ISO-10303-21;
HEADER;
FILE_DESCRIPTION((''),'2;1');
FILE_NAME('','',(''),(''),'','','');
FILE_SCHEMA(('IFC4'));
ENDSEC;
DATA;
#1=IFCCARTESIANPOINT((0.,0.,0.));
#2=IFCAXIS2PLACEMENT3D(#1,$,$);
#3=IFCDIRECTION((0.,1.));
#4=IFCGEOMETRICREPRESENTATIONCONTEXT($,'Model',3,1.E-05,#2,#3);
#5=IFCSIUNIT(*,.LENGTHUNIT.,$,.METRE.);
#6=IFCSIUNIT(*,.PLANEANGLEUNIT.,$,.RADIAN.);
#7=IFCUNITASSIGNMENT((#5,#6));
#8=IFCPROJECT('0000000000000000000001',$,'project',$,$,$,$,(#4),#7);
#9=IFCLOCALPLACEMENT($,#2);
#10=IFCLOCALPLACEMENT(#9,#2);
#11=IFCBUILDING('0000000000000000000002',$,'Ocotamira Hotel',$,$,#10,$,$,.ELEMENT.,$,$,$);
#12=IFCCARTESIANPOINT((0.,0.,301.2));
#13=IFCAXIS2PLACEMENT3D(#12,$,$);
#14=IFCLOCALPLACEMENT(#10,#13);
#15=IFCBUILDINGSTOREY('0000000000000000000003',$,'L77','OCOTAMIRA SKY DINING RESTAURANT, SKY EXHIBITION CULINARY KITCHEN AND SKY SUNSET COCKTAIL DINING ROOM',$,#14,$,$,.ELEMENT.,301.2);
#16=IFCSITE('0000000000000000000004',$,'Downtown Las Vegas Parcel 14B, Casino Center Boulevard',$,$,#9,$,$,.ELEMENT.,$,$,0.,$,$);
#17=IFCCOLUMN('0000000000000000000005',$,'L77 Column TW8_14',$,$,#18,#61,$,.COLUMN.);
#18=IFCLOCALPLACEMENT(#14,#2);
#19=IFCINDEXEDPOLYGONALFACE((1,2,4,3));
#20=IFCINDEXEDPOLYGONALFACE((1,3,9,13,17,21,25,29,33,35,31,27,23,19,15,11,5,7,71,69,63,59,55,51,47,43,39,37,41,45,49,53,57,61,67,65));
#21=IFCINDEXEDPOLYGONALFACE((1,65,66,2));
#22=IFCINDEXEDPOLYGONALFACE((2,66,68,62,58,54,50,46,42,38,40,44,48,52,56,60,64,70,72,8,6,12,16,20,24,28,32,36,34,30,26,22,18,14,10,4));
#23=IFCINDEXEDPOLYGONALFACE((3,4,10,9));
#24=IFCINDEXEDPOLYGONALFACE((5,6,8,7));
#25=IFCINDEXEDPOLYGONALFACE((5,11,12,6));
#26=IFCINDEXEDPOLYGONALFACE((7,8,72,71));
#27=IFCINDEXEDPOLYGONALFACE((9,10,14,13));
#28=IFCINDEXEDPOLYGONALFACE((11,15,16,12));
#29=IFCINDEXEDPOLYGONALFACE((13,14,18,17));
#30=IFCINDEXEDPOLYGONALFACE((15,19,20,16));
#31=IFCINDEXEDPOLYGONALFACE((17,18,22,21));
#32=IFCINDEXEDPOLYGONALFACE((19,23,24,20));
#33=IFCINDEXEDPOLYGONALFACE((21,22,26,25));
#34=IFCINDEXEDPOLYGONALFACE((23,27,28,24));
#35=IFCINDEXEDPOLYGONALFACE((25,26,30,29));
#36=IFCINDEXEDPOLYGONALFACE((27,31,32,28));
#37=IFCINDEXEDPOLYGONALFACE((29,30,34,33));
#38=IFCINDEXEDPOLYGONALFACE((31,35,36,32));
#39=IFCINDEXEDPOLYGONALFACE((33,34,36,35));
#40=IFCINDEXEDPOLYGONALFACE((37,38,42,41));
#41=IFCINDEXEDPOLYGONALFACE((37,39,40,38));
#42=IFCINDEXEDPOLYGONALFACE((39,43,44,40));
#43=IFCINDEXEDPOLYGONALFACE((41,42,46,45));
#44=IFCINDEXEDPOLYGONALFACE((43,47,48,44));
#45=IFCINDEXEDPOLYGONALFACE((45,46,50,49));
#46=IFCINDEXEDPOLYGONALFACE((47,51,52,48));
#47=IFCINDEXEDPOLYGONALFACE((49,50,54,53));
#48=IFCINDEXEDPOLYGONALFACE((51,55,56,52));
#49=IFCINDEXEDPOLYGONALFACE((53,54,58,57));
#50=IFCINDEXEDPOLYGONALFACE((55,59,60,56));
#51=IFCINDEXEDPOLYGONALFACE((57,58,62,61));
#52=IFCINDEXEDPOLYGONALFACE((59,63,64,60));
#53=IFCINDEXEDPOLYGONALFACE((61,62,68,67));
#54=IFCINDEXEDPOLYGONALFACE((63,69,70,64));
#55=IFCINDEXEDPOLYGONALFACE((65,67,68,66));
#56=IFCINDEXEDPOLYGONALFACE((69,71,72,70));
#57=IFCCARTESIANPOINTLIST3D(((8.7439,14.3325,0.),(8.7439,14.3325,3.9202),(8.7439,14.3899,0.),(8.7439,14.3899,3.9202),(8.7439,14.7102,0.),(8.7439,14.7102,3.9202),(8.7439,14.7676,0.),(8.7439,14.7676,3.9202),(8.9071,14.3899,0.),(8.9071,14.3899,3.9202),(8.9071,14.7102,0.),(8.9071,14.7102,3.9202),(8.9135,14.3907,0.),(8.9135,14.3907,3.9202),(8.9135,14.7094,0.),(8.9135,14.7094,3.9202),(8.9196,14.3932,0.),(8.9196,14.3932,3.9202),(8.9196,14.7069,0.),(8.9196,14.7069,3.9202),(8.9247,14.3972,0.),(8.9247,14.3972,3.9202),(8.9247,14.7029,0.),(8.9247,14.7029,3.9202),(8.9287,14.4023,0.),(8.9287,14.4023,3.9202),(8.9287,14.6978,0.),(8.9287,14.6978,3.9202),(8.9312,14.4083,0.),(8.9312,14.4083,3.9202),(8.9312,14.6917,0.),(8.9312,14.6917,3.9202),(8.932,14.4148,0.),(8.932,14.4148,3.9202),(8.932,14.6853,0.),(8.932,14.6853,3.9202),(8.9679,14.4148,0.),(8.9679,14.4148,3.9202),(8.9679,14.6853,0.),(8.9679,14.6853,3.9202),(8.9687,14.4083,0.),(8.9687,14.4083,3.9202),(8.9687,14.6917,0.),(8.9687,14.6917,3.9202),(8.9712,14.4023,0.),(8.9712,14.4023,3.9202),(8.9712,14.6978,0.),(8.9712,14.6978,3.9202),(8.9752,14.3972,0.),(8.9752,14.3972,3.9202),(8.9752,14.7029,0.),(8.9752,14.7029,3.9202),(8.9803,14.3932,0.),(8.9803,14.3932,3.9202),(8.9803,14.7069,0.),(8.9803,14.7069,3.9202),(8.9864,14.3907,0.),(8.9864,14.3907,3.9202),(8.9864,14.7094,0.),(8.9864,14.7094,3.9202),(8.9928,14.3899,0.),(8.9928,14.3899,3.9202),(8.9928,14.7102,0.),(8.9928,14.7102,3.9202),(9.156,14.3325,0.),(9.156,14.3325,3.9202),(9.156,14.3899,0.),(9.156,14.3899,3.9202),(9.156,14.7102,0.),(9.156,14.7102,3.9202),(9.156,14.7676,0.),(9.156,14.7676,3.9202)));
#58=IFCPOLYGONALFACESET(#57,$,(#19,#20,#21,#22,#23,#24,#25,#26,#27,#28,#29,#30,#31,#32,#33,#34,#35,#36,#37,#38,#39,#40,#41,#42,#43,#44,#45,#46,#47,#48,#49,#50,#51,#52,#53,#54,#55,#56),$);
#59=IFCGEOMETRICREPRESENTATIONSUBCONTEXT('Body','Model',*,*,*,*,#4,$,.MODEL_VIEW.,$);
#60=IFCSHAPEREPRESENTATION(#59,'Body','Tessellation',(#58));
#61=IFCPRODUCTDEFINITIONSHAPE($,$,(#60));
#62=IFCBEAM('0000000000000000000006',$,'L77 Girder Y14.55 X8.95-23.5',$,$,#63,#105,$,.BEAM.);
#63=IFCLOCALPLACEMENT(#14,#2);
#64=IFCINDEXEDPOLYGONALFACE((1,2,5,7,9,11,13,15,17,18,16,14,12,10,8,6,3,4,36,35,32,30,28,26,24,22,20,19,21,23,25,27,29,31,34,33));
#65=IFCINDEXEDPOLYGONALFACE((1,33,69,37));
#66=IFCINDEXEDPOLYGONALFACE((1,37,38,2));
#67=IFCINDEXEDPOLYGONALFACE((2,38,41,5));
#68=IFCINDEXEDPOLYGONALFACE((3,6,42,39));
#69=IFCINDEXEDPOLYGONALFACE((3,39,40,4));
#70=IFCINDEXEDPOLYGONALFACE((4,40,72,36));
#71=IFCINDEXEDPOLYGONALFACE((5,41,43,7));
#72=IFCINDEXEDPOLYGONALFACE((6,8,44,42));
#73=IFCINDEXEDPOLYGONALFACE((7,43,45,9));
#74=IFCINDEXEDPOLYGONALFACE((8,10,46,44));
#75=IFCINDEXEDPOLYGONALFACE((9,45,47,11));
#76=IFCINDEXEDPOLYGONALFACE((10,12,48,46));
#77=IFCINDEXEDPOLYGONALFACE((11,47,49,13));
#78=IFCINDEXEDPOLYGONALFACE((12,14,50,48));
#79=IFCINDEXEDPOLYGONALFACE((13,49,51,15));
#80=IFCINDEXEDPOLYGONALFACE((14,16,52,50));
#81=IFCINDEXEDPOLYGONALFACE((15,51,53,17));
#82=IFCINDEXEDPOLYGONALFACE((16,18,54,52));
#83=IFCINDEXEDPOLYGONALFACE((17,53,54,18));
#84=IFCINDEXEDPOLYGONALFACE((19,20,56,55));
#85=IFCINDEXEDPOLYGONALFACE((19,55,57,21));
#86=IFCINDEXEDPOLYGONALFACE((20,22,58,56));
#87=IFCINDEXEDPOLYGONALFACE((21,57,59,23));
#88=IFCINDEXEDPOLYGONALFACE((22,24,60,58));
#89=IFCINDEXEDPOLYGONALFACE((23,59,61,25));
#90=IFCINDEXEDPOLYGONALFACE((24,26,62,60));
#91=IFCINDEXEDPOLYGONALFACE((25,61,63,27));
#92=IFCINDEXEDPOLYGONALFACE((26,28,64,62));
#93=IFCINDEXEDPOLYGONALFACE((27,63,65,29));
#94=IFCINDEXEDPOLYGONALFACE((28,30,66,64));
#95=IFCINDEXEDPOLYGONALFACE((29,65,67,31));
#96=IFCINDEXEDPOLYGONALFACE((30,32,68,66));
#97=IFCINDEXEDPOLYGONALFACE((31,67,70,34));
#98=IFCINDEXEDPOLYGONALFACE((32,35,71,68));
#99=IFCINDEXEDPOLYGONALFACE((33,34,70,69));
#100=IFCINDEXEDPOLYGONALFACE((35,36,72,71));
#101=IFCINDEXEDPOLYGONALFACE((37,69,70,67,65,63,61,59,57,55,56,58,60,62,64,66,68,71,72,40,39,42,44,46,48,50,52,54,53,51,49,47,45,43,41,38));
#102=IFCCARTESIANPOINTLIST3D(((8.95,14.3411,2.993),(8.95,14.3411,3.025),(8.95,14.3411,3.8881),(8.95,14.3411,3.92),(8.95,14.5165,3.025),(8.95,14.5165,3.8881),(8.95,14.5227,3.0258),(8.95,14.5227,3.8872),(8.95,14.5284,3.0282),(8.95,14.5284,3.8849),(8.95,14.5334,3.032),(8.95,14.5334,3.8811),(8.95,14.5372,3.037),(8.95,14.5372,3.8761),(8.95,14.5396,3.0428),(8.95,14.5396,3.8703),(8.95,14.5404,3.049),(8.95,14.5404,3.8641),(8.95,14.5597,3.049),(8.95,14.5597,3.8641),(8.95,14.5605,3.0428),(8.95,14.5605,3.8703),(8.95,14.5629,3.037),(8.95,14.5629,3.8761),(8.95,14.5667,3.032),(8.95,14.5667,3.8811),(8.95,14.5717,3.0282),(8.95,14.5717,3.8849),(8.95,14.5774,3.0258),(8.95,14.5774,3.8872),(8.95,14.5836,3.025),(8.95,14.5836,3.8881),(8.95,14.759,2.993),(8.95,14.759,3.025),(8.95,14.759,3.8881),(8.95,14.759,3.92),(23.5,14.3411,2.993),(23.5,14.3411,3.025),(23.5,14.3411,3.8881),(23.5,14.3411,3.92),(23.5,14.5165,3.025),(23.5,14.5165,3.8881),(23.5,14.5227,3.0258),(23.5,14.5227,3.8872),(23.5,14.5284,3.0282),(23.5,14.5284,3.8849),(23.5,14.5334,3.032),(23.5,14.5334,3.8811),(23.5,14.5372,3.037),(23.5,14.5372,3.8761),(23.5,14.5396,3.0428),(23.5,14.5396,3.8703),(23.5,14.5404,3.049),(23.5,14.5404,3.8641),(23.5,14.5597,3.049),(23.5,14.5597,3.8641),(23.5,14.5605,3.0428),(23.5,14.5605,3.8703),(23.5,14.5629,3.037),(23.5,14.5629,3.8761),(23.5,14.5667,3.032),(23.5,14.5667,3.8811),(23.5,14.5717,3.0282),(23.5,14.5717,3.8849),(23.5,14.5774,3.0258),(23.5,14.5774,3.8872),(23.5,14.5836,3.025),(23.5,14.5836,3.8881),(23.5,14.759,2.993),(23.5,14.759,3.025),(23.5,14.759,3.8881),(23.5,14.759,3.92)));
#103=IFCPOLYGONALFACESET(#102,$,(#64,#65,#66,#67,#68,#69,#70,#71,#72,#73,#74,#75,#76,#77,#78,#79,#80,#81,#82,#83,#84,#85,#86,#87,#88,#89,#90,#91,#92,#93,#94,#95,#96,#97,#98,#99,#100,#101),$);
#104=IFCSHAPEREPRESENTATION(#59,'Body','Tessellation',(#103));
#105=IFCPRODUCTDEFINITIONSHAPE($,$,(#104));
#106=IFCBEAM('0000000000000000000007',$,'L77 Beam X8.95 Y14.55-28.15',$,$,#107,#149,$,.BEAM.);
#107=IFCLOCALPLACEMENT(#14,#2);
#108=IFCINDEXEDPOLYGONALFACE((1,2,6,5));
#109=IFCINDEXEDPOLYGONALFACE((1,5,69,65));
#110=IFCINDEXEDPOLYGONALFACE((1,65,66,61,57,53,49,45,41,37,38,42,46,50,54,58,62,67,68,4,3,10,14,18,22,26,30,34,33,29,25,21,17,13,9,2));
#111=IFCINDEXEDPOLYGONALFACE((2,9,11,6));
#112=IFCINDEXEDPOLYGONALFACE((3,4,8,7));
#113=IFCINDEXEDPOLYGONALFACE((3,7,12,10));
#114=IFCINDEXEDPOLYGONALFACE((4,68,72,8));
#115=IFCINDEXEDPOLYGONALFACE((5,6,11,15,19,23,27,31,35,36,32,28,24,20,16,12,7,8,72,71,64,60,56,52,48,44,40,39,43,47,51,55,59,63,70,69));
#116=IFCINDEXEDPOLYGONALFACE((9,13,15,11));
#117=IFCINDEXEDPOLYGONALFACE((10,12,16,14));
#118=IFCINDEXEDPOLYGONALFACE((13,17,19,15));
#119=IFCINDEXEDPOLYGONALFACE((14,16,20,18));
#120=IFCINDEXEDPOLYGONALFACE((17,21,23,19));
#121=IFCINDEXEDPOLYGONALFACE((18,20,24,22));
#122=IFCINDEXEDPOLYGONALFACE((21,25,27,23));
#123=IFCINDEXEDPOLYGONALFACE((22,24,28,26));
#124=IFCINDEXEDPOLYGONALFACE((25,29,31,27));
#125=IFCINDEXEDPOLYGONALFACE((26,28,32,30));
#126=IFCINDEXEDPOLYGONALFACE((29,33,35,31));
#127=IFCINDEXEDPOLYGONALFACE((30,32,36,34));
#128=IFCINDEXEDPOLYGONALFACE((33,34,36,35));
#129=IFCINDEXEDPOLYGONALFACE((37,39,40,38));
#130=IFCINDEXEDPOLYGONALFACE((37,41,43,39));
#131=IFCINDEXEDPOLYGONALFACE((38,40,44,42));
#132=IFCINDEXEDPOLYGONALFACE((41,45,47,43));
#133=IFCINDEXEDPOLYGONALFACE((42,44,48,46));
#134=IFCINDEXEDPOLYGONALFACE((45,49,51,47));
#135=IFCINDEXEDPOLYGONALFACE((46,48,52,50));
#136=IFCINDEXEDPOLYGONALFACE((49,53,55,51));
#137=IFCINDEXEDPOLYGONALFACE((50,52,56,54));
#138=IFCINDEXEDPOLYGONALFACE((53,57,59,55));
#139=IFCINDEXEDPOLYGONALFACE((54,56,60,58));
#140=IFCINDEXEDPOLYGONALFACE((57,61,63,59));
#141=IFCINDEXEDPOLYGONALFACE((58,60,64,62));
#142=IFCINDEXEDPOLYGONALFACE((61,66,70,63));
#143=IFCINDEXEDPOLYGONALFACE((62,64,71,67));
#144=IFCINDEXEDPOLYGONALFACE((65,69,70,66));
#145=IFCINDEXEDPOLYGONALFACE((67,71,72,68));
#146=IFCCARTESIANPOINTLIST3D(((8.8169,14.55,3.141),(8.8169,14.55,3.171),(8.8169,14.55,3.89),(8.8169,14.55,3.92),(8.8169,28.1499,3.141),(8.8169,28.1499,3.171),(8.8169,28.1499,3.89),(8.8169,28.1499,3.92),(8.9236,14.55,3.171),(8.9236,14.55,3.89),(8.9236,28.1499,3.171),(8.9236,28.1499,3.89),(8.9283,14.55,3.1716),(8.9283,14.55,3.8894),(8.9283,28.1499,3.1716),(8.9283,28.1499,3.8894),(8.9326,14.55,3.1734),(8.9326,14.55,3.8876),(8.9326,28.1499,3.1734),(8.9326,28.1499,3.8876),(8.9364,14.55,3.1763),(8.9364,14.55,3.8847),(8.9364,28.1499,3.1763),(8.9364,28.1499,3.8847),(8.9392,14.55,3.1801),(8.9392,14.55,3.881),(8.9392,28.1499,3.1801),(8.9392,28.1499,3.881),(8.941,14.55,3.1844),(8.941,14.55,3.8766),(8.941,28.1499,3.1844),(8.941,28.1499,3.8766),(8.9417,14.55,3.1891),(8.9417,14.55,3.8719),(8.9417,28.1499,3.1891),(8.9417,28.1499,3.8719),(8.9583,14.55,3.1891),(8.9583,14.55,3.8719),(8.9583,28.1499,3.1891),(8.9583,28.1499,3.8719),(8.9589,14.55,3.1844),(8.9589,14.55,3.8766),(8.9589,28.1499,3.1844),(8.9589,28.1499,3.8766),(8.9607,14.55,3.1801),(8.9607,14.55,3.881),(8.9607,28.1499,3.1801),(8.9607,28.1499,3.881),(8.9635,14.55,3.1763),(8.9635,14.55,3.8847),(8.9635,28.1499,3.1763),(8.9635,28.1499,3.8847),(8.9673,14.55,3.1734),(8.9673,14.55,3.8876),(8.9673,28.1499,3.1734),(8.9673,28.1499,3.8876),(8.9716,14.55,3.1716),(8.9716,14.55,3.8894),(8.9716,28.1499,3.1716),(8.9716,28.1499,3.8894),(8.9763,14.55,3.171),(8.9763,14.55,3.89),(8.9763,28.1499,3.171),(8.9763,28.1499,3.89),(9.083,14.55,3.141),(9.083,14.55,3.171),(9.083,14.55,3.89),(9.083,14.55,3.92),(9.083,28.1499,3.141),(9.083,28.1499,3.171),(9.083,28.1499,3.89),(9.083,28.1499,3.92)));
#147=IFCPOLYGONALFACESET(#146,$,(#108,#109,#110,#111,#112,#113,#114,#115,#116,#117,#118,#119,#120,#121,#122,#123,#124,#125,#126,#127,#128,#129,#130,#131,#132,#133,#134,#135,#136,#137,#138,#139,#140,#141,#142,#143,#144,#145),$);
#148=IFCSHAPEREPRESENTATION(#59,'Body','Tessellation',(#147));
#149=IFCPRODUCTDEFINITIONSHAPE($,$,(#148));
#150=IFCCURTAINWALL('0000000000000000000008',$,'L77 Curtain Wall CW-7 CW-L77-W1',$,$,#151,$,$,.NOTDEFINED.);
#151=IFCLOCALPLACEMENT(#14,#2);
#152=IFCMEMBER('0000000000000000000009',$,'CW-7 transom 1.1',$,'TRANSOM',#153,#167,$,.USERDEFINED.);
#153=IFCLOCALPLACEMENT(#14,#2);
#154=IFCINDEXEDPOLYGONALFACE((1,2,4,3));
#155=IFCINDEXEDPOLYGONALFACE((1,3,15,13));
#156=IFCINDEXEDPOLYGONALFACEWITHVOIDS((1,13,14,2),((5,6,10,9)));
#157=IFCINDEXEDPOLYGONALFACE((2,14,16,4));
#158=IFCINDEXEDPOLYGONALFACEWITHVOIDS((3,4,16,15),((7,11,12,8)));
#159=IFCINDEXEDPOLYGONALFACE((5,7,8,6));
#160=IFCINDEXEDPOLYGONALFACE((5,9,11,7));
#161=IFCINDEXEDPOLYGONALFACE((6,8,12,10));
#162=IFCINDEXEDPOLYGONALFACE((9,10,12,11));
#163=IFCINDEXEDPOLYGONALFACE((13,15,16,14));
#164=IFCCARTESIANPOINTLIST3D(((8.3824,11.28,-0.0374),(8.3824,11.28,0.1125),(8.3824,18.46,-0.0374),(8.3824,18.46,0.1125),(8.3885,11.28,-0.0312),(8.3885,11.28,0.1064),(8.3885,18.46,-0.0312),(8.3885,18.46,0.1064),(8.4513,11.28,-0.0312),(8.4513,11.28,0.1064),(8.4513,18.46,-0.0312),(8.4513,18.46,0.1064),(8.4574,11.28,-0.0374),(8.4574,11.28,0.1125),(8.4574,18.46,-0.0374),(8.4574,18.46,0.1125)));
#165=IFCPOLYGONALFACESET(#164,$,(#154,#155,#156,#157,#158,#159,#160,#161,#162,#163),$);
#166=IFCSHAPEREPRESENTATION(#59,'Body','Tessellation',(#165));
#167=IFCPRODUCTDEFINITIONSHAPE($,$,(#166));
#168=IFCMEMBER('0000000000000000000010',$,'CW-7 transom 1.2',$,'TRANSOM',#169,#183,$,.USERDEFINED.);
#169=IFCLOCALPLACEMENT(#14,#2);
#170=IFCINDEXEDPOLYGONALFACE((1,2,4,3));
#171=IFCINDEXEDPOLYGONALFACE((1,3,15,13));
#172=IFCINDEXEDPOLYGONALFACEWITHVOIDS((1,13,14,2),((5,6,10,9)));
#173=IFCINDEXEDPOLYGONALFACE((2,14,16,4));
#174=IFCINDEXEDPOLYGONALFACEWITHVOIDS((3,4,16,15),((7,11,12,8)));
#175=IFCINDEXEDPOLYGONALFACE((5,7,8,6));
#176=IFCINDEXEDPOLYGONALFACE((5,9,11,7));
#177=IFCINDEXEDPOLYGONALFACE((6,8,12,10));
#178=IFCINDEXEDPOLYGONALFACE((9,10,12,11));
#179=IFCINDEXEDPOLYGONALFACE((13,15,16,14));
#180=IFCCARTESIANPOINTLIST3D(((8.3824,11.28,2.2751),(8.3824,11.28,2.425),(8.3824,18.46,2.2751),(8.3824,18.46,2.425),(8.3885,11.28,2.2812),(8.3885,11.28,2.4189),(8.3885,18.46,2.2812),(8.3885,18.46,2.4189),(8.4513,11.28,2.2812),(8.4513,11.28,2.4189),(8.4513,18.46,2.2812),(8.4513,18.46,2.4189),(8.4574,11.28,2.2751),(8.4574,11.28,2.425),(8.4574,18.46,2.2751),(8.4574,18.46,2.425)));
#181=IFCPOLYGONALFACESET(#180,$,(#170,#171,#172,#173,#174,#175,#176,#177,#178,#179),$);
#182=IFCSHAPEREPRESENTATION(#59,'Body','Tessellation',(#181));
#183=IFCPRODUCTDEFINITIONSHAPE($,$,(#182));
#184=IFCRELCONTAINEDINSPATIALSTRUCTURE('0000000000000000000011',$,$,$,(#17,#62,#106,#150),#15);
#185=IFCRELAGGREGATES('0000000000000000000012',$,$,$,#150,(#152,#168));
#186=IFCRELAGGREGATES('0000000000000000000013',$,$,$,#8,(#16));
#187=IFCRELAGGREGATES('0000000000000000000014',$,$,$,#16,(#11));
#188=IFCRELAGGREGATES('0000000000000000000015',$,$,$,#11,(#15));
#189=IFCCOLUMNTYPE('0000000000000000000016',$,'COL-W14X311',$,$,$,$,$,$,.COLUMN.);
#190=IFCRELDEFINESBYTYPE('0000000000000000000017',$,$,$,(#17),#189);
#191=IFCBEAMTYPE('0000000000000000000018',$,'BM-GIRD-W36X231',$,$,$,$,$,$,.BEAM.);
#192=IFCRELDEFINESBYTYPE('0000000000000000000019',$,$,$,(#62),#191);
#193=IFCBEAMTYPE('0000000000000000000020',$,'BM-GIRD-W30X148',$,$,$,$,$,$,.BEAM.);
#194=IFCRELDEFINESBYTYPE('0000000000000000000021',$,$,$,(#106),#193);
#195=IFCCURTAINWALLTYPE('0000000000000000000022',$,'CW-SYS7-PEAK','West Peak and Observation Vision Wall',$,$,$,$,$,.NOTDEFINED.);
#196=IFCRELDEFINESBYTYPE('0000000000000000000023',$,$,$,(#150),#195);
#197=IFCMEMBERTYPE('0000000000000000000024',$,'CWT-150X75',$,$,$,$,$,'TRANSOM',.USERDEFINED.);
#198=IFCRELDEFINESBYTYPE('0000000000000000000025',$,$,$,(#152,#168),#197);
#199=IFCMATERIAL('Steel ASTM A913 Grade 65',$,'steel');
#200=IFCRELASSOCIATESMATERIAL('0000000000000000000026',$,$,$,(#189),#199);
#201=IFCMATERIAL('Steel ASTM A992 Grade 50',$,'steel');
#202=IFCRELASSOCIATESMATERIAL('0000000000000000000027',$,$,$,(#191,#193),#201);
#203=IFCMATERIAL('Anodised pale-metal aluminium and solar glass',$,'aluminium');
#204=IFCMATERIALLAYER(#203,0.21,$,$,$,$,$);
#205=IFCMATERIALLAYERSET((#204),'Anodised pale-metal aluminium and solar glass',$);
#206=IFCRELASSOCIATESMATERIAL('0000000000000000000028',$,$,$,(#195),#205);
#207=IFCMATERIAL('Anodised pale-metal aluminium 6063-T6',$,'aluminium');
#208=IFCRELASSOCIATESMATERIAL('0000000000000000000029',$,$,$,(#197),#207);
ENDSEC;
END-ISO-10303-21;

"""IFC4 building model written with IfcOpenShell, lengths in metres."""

from ifc_helpers import new_model, si_unit, direction, frame, origin, origin_2d, place, context, subcontext, project, spatial, hollow_rectangle, i_section, extrude, source, transform, mapped, material, layer, layer_set, material_profile, profile_set, type_object, element, aggregate, save


model = new_model("IFC4")

# Units and contexts
model_context = context("Model", 3, precision=1e-05, world=origin(), true_north=direction((0.0, 1.0)))
body_context = subcontext(model_context, "Body", "Model", "MODEL_VIEW")
ifc_project = project(units=[si_unit("LENGTHUNIT", "METRE"), si_unit("PLANEANGLEUNIT", "RADIAN")], contexts=[model_context])

# Site, building, storey
site_placement = place(None, origin())
site = spatial("IfcSite", under=ifc_project, at=site_placement, Name="Downtown Las Vegas Parcel 14B, Casino Center Boulevard", CompositionType="ELEMENT", RefElevation=0.0)
building_placement = place(site_placement, origin())
building = spatial("IfcBuilding", under=site, at=building_placement, Name="Ocotamira Hotel", CompositionType="ELEMENT")
storey_placement = place(building_placement, frame((0.0, 0.0, 301.2)))
storey = spatial("IfcBuildingStorey", under=building, at=storey_placement, Name="L77", Description="OCOTAMIRA SKY DINING RESTAURANT, SKY EXHIBITION CULINARY KITCHEN AND SKY SUNSET COCKTAIL DINING ROOM", CompositionType="ELEMENT", Elevation=301.2)

# Column
ifc_material_1 = material(Name="Steel ASTM A913 Grade 65", Category="steel")
ifc_material_profile_1 = material_profile(ifc_material_1, i_section(OverallWidth=0.4121, OverallDepth=0.4351, WebThickness=0.0359, FlangeThickness=0.0574, FilletRadius=0.0249, at=origin_2d()), Name="W14X311")
ifc_profile_set_1 = profile_set([ifc_material_profile_1], Name="Steel ASTM A913 Grade 65")
column_type = type_object("IfcColumnType", Name="COL-W14X311", PredefinedType="COLUMN", material=ifc_profile_set_1)
shared_shape_1 = source(origin(), body_context, "Body", "SweptSolid", [
    extrude(i_section(OverallWidth=0.4121, OverallDepth=0.4351, WebThickness=0.0359, FlangeThickness=0.0574, FilletRadius=0.0249, at=origin_2d()), origin(), (0.0, 0.0, 1.0), 3.9202),
])
column_placement = place(storey_placement, frame((8.95, 14.55, 0.0), z_axis=(0.0, 0.0, 1.0), x_axis=(1.0, 0.0, 0.0)))
element("IfcColumn", 1, at=column_placement, inside=storey, type_object=column_type, Name="L77 Column TW8_14", PredefinedType="COLUMN", context=body_context, shape_type="MappedRepresentation", body=[
    mapped(shared_shape_1, transform((0.0, 0.0, 0.0), scale=1.0)),
])

# Beams
ifc_material_2 = material(Name="Steel ASTM A992 Grade 50", Category="steel")
ifc_material_profile_2 = material_profile(ifc_material_2, i_section(OverallWidth=0.418, OverallDepth=0.927, WebThickness=0.0193, FlangeThickness=0.032, FilletRadius=0.0239, at=origin_2d()), Name="W36X231")
ifc_profile_set_2 = profile_set([ifc_material_profile_2], Name="Steel ASTM A992 Grade 50")
beam_type_1 = type_object("IfcBeamType", Name="BM-GIRD-W36X231", PredefinedType="BEAM", material=ifc_profile_set_2)
shared_shape_2 = source(origin(), body_context, "Body", "SweptSolid", [
    extrude(i_section(OverallWidth=0.418, OverallDepth=0.927, WebThickness=0.0193, FlangeThickness=0.032, FilletRadius=0.0239, at=origin_2d()), origin(), (0.0, 0.0, 1.0), 14.55),
])
beam_1_placement = place(storey_placement, frame((8.95, 14.55, 3.4565), z_axis=(1.0, 0.0, 0.0), x_axis=(0.0, 1.0, 0.0)))
element("IfcBeam", 2, at=beam_1_placement, inside=storey, type_object=beam_type_1, Name="L77 Girder Y14.55 X8.95-23.5", PredefinedType="BEAM", context=body_context, shape_type="MappedRepresentation", body=[
    mapped(shared_shape_2, transform((0.0, 0.0, 0.0), scale=1.0)),
])
ifc_material_profile_3 = material_profile(ifc_material_2, i_section(OverallWidth=0.2661, OverallDepth=0.7791, WebThickness=0.0166, FlangeThickness=0.03, FilletRadius=0.0181, at=origin_2d()), Name="W30X148")
ifc_profile_set_3 = profile_set([ifc_material_profile_3], Name="Steel ASTM A992 Grade 50")
beam_type_2 = type_object("IfcBeamType", Name="BM-GIRD-W30X148", PredefinedType="BEAM", material=ifc_profile_set_3)
shared_shape_3 = source(origin(), body_context, "Body", "SweptSolid", [
    extrude(i_section(OverallWidth=0.2661, OverallDepth=0.7791, WebThickness=0.0166, FlangeThickness=0.03, FilletRadius=0.0181, at=origin_2d()), origin(), (0.0, 0.0, 1.0), 13.5999),
])
beam_2_placement = place(storey_placement, frame((8.95, 14.55, 3.5305), z_axis=(0.0, 1.0, 0.0), x_axis=(-1.0, 0.0, 0.0)))
element("IfcBeam", 3, at=beam_2_placement, inside=storey, type_object=beam_type_2, Name="L77 Beam X8.95 Y14.55-28.15", PredefinedType="BEAM", context=body_context, shape_type="MappedRepresentation", body=[
    mapped(shared_shape_3, transform((0.0, 0.0, 0.0), scale=1.0)),
])

# Curtain wall, members
ifc_material_3 = material(Name="Anodised pale-metal aluminium and solar glass", Category="aluminium")
ifc_layer_1 = layer(ifc_material_3, 0.21)
ifc_layer_set_1 = layer_set([ifc_layer_1], Name="Anodised pale-metal aluminium and solar glass")
curtain_wall_type = type_object("IfcCurtainWallType", Name="CW-SYS7-PEAK", Description="West Peak and Observation Vision Wall", PredefinedType="NOTDEFINED", material=ifc_layer_set_1)
curtain_wall_placement = place(storey_placement, origin())
curtain_wall = element("IfcCurtainWall", 4, at=curtain_wall_placement, inside=storey, type_object=curtain_wall_type, Name="L77 Curtain Wall CW-7 CW-L77-W1", PredefinedType="NOTDEFINED")
ifc_material_4 = material(Name="Anodised pale-metal aluminium 6063-T6", Category="aluminium")
ifc_material_profile_4 = material_profile(ifc_material_4, hollow_rectangle(XDim=0.075, YDim=0.1499, WallThickness=0.0061, at=origin_2d()), Name="HSS150X75X6")
ifc_profile_set_4 = profile_set([ifc_material_profile_4], Name="Anodised pale-metal aluminium 6063-T6")
member_type_1 = type_object("IfcMemberType", Name="CWT-150X75", ElementType="TRANSOM", PredefinedType="USERDEFINED", material=ifc_profile_set_4)
shared_shape_4 = source(origin(), body_context, "Body", "SweptSolid", [
    extrude(hollow_rectangle(XDim=0.075, YDim=0.1499, WallThickness=0.0061, at=origin_2d()), origin(), (0.0, 0.0, 1.0), 7.1799),
])
member_1_placement = place(storey_placement, frame((8.4199, 11.28, 0.0376), z_axis=(0.0, 1.0, 0.0), x_axis=(-1.0, 0.0, 0.0)))
member_1 = element("IfcMember", 5, at=member_1_placement, type_object=member_type_1, Name="CW-7 transom 1.1", ObjectType="TRANSOM", PredefinedType="USERDEFINED", context=body_context, shape_type="MappedRepresentation", body=[
    mapped(shared_shape_4, transform((0.0, 0.0, 0.0), scale=1.0)),
])
member_2_placement = place(storey_placement, frame((8.4199, 11.28, 2.3501), z_axis=(0.0, 1.0, 0.0), x_axis=(-1.0, 0.0, 0.0)))
member_2 = element("IfcMember", 6, at=member_2_placement, type_object=member_type_1, Name="CW-7 transom 1.2", ObjectType="TRANSOM", PredefinedType="USERDEFINED", context=body_context, shape_type="MappedRepresentation", body=[
    mapped(shared_shape_4, transform((0.0, 0.0, 0.0), scale=1.0)),
])
aggregate(curtain_wall, [member_1, member_2])

save(model, "model.ifc")
